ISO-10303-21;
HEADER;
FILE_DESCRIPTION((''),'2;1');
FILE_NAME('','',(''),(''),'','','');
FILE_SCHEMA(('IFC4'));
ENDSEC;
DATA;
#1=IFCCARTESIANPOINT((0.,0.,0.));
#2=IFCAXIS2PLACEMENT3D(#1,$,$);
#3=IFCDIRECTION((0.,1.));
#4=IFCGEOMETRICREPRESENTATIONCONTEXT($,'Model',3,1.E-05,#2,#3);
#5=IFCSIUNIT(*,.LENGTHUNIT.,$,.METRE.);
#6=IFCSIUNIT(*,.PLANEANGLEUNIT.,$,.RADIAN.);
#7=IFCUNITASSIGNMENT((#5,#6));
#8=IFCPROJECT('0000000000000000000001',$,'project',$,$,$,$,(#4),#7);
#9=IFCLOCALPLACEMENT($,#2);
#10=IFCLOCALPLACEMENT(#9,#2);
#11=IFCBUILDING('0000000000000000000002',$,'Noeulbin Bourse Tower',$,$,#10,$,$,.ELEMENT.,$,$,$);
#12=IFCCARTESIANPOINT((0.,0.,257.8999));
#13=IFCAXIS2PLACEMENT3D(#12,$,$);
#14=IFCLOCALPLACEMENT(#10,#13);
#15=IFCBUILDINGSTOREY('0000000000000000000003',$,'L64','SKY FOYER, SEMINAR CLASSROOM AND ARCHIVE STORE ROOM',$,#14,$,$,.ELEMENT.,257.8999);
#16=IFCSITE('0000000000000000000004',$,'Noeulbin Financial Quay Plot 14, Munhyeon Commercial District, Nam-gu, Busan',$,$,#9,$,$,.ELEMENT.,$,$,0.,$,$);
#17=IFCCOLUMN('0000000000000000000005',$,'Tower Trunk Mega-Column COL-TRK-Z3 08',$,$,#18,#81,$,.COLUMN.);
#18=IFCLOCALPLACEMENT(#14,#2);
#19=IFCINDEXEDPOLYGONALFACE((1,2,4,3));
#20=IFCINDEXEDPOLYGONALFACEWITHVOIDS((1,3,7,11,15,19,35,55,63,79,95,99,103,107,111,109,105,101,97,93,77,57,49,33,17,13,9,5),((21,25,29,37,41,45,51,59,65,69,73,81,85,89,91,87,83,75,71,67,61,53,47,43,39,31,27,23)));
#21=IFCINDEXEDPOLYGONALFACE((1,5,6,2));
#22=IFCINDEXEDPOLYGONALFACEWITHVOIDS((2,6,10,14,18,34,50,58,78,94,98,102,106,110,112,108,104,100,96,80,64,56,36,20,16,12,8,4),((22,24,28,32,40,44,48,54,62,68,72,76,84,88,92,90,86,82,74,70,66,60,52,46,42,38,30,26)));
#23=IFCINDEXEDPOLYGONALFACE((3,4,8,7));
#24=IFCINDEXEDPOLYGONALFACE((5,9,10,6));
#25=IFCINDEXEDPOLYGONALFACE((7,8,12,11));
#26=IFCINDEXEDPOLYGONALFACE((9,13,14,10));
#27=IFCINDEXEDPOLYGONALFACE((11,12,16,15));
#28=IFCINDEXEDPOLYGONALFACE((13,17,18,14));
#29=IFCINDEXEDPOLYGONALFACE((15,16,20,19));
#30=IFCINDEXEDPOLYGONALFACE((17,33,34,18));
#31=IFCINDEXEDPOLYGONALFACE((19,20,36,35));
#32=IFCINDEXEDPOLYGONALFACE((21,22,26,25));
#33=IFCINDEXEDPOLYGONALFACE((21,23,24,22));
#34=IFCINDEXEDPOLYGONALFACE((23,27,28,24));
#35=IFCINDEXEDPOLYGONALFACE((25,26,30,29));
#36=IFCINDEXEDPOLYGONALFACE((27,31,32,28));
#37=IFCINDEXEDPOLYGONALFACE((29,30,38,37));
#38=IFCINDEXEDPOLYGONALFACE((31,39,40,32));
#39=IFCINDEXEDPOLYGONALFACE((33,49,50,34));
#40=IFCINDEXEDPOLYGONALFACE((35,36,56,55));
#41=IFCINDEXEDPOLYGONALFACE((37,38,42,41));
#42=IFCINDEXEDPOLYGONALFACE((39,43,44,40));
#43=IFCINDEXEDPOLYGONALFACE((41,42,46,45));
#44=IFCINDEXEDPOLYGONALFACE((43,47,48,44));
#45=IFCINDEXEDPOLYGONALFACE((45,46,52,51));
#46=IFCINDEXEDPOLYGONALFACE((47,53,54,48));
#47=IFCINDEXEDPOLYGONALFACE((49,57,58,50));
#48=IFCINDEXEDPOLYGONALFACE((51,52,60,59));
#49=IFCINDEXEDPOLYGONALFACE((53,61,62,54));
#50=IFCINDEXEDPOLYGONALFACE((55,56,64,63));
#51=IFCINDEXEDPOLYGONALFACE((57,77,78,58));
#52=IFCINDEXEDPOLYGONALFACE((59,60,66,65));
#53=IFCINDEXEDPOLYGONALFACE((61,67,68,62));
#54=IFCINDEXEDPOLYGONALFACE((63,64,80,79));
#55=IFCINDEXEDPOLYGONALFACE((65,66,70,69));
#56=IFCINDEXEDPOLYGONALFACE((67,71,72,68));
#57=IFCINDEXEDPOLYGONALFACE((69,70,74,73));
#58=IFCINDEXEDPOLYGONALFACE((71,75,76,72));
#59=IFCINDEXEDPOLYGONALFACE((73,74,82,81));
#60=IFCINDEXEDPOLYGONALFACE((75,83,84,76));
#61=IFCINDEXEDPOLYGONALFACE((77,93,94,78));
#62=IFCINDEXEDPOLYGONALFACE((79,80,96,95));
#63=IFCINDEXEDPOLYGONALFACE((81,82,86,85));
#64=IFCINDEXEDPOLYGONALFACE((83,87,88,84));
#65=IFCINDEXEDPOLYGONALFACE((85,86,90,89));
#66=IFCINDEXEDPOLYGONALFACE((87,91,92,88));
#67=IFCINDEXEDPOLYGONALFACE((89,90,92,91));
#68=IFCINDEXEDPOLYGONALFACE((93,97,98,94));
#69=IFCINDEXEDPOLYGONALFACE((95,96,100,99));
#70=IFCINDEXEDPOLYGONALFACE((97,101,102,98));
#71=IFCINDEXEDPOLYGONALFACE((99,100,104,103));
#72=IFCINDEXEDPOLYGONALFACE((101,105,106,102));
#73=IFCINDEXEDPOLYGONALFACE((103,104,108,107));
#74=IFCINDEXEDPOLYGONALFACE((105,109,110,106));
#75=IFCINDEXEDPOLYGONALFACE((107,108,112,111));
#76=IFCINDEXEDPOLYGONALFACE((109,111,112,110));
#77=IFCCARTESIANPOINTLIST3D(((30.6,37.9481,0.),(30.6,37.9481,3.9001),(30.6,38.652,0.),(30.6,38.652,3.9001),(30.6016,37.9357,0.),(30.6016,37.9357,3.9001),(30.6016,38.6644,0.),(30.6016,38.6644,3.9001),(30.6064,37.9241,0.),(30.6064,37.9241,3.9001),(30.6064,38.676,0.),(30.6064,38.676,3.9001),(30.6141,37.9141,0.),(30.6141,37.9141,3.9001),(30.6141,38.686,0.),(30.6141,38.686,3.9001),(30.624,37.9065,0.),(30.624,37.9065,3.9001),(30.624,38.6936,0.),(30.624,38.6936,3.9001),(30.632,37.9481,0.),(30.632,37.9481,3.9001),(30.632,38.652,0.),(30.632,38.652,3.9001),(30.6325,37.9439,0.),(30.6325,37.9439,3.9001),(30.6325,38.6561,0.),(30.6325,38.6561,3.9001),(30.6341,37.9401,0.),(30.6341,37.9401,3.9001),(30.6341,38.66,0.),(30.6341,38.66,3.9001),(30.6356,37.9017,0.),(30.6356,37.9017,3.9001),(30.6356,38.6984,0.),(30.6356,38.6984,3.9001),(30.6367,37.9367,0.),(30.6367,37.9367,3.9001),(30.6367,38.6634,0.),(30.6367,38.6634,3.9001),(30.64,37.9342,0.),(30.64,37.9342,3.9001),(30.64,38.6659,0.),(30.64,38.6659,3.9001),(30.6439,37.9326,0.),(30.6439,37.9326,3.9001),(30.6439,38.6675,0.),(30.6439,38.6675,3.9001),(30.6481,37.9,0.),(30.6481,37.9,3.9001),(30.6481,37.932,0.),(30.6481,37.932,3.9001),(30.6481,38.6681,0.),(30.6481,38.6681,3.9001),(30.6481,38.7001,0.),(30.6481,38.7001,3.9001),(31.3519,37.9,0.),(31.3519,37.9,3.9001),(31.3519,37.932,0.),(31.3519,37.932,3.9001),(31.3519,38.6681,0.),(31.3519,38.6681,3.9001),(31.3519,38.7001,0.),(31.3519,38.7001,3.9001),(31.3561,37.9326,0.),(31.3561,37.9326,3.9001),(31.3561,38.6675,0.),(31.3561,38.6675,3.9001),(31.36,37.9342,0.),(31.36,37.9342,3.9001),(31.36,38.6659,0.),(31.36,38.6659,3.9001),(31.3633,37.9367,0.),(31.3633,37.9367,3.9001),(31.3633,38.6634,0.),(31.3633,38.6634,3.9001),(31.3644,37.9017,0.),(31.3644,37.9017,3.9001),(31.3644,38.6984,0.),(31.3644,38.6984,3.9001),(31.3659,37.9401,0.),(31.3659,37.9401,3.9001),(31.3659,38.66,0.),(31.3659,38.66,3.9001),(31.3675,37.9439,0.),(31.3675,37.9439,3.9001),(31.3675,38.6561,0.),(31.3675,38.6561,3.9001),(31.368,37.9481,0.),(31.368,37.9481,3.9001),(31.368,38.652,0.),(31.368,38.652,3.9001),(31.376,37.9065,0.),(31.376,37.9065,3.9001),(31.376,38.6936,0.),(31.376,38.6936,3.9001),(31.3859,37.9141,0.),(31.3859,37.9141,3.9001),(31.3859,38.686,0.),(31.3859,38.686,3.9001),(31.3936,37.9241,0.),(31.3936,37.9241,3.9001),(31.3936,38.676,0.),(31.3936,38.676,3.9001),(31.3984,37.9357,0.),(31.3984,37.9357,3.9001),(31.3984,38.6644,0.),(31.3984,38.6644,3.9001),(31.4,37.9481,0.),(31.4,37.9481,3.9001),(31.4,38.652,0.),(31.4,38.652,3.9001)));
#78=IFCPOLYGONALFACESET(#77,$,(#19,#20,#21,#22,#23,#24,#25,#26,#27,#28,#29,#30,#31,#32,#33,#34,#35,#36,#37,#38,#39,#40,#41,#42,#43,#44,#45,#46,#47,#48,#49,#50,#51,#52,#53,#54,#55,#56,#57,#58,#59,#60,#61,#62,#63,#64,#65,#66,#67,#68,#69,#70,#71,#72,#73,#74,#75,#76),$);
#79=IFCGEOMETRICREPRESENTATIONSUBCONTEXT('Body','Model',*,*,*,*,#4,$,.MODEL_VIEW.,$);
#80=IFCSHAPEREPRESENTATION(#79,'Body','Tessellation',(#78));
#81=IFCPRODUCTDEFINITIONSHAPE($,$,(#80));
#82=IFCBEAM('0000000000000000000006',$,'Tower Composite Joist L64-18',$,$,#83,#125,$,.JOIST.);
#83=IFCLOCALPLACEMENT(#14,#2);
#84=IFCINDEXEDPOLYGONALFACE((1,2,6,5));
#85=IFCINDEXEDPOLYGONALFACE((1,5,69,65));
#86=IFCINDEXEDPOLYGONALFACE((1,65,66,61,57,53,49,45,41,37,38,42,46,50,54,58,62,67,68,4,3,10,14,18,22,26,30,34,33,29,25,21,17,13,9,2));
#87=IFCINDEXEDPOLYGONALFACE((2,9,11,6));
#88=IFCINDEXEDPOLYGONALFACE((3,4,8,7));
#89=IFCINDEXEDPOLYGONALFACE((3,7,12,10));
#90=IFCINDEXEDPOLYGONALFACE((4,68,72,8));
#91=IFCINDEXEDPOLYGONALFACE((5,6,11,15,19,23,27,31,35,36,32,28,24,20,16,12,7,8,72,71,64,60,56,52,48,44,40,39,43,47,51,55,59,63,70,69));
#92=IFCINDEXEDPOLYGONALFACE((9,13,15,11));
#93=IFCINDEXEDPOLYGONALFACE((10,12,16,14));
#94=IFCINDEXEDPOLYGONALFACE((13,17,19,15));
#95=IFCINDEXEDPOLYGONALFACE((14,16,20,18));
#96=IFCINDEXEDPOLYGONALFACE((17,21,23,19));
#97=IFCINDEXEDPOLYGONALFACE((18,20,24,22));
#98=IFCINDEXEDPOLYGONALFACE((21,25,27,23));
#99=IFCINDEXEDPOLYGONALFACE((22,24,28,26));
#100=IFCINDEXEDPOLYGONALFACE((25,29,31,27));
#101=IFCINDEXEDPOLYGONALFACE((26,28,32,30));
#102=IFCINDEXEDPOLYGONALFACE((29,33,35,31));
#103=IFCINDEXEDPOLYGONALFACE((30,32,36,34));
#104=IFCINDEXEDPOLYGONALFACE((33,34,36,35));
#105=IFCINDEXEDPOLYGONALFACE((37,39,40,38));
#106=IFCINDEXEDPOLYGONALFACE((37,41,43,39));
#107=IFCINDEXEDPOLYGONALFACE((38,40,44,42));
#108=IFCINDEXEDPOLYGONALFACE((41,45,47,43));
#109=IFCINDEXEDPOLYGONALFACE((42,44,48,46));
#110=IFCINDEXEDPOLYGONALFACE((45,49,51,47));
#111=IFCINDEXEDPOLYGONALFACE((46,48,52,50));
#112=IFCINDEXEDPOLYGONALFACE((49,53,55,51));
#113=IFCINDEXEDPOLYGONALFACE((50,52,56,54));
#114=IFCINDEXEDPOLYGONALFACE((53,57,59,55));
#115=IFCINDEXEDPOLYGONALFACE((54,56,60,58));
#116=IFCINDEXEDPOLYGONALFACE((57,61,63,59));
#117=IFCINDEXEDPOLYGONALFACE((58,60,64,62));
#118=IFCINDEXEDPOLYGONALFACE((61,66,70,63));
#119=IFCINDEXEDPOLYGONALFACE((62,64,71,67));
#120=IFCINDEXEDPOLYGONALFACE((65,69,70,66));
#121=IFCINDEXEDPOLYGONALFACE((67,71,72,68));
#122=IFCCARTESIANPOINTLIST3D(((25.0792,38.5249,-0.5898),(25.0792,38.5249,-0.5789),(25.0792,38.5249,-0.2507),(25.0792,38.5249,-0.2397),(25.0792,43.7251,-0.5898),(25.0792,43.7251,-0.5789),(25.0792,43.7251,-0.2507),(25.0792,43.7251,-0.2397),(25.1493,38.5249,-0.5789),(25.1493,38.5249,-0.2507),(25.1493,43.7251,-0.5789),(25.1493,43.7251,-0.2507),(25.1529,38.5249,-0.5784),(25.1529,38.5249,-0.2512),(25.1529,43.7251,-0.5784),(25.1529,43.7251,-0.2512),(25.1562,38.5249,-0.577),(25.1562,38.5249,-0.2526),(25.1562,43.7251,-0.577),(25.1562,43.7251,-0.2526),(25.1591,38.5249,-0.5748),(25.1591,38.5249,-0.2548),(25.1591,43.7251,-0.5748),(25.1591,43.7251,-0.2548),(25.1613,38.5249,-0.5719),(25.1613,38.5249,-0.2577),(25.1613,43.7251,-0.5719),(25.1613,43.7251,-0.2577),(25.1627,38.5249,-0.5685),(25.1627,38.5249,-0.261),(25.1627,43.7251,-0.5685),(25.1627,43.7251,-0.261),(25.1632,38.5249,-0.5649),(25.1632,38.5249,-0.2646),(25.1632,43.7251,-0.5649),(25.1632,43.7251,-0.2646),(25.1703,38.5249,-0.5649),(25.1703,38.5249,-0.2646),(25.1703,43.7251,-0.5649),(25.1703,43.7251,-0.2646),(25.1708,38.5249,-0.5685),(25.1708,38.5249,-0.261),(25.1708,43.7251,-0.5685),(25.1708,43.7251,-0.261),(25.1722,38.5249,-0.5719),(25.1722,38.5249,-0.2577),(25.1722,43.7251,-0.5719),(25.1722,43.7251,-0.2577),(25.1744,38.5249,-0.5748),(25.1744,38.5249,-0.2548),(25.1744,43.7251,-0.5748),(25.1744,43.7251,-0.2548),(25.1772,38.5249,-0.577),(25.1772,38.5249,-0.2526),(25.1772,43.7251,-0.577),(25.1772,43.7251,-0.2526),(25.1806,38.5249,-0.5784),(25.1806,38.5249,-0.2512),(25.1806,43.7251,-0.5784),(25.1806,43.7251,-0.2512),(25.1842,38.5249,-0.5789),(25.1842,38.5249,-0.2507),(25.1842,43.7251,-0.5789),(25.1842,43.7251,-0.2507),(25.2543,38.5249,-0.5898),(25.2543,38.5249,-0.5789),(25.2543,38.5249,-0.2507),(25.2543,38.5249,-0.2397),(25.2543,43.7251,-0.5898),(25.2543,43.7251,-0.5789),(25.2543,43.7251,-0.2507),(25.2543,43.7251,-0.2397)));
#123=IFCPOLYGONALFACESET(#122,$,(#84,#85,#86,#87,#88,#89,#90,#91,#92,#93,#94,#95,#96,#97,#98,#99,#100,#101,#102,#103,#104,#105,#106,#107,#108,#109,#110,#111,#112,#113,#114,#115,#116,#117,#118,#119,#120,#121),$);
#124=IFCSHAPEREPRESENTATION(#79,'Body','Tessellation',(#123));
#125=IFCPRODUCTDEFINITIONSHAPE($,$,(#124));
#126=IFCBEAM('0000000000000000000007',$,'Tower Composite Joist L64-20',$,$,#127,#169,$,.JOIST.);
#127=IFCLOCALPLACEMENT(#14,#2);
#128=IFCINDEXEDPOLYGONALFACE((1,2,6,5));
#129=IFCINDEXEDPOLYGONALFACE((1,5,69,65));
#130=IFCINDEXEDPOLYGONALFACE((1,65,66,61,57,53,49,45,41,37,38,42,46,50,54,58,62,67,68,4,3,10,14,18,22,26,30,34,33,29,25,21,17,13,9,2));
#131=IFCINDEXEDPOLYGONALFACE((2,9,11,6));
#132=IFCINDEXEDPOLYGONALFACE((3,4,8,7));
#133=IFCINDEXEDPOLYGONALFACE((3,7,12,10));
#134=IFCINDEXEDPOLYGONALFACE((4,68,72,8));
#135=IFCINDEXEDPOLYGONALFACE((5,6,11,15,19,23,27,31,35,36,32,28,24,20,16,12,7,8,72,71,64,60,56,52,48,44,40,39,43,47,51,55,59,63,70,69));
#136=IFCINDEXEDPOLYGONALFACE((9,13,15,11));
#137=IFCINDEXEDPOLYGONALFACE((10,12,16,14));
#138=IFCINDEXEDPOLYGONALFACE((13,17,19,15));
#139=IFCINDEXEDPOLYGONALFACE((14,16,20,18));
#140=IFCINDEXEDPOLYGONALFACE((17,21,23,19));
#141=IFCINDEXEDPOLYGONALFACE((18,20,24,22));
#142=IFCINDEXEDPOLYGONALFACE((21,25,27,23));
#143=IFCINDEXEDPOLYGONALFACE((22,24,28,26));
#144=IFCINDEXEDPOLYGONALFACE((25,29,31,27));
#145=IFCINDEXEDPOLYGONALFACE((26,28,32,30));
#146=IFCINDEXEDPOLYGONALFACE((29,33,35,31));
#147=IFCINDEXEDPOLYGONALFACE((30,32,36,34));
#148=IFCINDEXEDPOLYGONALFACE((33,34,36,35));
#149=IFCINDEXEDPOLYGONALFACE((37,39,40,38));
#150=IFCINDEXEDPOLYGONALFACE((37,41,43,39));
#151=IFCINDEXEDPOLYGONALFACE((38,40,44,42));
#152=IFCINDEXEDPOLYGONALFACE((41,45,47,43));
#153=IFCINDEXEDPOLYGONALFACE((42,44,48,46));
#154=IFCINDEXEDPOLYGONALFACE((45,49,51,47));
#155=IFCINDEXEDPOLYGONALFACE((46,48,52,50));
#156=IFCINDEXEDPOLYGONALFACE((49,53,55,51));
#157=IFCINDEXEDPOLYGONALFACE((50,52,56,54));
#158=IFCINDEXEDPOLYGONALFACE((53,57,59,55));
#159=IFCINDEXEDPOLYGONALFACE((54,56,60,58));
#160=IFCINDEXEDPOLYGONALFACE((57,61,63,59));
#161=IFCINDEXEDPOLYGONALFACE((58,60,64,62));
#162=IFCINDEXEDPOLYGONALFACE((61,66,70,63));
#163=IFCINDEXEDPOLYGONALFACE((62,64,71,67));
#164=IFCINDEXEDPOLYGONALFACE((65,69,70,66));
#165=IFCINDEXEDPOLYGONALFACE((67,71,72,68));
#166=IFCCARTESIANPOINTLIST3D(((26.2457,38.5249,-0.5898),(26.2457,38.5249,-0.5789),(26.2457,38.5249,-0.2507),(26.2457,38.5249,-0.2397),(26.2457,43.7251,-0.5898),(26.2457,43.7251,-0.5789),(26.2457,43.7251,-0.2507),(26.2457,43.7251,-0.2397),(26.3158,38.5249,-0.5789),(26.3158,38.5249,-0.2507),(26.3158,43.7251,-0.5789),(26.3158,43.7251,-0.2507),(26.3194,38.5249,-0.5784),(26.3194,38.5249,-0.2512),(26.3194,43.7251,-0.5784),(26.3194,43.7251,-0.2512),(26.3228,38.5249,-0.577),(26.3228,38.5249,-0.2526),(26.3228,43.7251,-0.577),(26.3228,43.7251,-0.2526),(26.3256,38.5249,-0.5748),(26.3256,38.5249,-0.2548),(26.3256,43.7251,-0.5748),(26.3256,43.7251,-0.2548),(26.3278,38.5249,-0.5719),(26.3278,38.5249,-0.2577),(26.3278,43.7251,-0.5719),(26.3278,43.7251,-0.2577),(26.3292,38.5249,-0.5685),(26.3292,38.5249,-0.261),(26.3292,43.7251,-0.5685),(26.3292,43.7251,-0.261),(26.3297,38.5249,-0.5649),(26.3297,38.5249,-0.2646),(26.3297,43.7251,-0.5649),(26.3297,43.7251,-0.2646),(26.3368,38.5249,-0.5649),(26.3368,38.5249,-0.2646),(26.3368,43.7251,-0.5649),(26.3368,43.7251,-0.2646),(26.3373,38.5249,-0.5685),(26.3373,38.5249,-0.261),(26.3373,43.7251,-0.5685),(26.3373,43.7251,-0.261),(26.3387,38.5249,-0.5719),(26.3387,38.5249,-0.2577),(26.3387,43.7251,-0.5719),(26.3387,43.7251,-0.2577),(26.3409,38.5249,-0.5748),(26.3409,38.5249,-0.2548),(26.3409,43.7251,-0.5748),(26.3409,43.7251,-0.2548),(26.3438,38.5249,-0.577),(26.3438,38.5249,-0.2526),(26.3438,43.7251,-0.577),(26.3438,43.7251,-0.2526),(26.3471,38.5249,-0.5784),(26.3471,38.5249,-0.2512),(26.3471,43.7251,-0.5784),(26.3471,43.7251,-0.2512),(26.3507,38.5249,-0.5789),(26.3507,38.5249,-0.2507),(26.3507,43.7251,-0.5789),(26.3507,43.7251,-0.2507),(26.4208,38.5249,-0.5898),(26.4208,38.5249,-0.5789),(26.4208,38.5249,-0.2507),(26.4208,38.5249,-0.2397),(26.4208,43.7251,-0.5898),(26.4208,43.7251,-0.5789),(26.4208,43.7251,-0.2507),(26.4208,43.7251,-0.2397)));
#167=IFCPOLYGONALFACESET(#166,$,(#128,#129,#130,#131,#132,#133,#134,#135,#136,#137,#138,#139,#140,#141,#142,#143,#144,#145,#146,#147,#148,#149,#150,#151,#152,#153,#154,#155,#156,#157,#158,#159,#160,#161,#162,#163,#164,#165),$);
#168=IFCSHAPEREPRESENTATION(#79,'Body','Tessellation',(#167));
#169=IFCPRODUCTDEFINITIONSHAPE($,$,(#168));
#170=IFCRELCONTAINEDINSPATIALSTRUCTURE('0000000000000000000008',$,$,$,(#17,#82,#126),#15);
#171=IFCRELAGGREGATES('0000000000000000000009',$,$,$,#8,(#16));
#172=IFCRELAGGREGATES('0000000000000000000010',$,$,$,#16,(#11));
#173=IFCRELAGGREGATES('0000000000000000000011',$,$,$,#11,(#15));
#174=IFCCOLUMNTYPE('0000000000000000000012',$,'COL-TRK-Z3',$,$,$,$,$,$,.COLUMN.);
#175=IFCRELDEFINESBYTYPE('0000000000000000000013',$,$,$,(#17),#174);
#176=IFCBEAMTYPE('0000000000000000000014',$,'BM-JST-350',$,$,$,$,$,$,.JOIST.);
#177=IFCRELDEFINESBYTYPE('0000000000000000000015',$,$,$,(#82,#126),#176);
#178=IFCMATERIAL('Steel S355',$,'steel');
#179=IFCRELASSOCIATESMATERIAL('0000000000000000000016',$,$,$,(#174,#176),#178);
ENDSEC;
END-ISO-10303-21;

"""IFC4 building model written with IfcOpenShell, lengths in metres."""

from ifc_helpers import new_model, si_unit, direction, frame, origin, origin_2d, place, context, subcontext, project, spatial, hollow_rectangle, i_section, extrude, material, material_profile, profile_set, type_object, element, save


model = new_model("IFC4")

# Units and contexts
model_context = context("Model", 3, precision=1e-05, world=origin(), true_north=direction((0.0, 1.0)))
body_context = subcontext(model_context, "Body", "Model", "MODEL_VIEW")
ifc_project = project(units=[si_unit("LENGTHUNIT", "METRE"), si_unit("PLANEANGLEUNIT", "RADIAN")], contexts=[model_context])

# Site, building, storey
site_placement = place(None, origin())
site = spatial("IfcSite", under=ifc_project, at=site_placement, Name="Noeulbin Financial Quay Plot 14, Munhyeon Commercial District, Nam-gu, Busan", CompositionType="ELEMENT", RefElevation=0.0)
building_placement = place(site_placement, origin())
building = spatial("IfcBuilding", under=site, at=building_placement, Name="Noeulbin Bourse Tower", CompositionType="ELEMENT")
storey_placement = place(building_placement, frame((0.0, 0.0, 257.8999)))
storey = spatial("IfcBuildingStorey", under=building, at=storey_placement, Name="L64", Description="SKY FOYER, SEMINAR CLASSROOM AND ARCHIVE STORE ROOM", CompositionType="ELEMENT", Elevation=257.8999)

# Column
ifc_material_1 = material(Name="Steel S355", Category="steel")
ifc_material_profile_1 = material_profile(ifc_material_1, hollow_rectangle(XDim=0.8, YDim=0.8, WallThickness=0.032, InnerFilletRadius=0.0161, OuterFilletRadius=0.0481, at=origin_2d()), Name="BOX-800x800x32", Category="LoadBearing")
ifc_profile_set_1 = profile_set([ifc_material_profile_1], Name="Steel S355")
column_type = type_object("IfcColumnType", Name="COL-TRK-Z3", PredefinedType="COLUMN", material=ifc_profile_set_1)
column_placement = place(storey_placement, frame((31.0, 38.3, 0.0), z_axis=(0.0, 0.0, 1.0), x_axis=(1.0, 0.0, 0.0)))
element("IfcColumn", 1, at=column_placement, inside=storey, type_object=column_type, Name="Tower Trunk Mega-Column COL-TRK-Z3 08", PredefinedType="COLUMN", context=body_context, shape_type="SweptSolid", body=[
    extrude(hollow_rectangle(XDim=0.8, YDim=0.8, WallThickness=0.032, InnerFilletRadius=0.0161, OuterFilletRadius=0.0481, at=origin_2d()), origin(), (0.0, 0.0, 1.0), 3.9001),
])

# Beams
ifc_material_profile_2 = material_profile(ifc_material_1, i_section(OverallWidth=0.175, OverallDepth=0.3501, WebThickness=0.0071, FlangeThickness=0.011, FilletRadius=0.0139, at=origin_2d()), Name="H-350x175x7x11", Category="LoadBearing")
ifc_profile_set_2 = profile_set([ifc_material_profile_2], Name="Steel S355")
beam_type_1 = type_object("IfcBeamType", Name="BM-JST-350", PredefinedType="JOIST", material=ifc_profile_set_2)
for number, where, z_axis, x_axis, name in (
    (2, (25.1667, 38.5249, -0.4148), (0.0, 1.0, 0.0), (-1.0, 0.0, 0.0), "Tower Composite Joist L64-18"),
    (3, (26.3333, 38.5249, -0.4148), (0.0, 1.0, 0.0), (-1.0, 0.0, 0.0), "Tower Composite Joist L64-20"),
):
    element("IfcBeam", number, at=place(storey_placement, frame(where, z_axis=z_axis, x_axis=x_axis)), inside=storey, type_object=beam_type_1, Name=name, PredefinedType="JOIST", context=body_context, shape_type="SweptSolid", body=[
        extrude(i_section(OverallWidth=0.175, OverallDepth=0.3501, WebThickness=0.0071, FlangeThickness=0.011, FilletRadius=0.0139, at=origin_2d()), origin(), (0.0, 0.0, 1.0), 5.2002),
    ])

save(model, "model.ifc")
